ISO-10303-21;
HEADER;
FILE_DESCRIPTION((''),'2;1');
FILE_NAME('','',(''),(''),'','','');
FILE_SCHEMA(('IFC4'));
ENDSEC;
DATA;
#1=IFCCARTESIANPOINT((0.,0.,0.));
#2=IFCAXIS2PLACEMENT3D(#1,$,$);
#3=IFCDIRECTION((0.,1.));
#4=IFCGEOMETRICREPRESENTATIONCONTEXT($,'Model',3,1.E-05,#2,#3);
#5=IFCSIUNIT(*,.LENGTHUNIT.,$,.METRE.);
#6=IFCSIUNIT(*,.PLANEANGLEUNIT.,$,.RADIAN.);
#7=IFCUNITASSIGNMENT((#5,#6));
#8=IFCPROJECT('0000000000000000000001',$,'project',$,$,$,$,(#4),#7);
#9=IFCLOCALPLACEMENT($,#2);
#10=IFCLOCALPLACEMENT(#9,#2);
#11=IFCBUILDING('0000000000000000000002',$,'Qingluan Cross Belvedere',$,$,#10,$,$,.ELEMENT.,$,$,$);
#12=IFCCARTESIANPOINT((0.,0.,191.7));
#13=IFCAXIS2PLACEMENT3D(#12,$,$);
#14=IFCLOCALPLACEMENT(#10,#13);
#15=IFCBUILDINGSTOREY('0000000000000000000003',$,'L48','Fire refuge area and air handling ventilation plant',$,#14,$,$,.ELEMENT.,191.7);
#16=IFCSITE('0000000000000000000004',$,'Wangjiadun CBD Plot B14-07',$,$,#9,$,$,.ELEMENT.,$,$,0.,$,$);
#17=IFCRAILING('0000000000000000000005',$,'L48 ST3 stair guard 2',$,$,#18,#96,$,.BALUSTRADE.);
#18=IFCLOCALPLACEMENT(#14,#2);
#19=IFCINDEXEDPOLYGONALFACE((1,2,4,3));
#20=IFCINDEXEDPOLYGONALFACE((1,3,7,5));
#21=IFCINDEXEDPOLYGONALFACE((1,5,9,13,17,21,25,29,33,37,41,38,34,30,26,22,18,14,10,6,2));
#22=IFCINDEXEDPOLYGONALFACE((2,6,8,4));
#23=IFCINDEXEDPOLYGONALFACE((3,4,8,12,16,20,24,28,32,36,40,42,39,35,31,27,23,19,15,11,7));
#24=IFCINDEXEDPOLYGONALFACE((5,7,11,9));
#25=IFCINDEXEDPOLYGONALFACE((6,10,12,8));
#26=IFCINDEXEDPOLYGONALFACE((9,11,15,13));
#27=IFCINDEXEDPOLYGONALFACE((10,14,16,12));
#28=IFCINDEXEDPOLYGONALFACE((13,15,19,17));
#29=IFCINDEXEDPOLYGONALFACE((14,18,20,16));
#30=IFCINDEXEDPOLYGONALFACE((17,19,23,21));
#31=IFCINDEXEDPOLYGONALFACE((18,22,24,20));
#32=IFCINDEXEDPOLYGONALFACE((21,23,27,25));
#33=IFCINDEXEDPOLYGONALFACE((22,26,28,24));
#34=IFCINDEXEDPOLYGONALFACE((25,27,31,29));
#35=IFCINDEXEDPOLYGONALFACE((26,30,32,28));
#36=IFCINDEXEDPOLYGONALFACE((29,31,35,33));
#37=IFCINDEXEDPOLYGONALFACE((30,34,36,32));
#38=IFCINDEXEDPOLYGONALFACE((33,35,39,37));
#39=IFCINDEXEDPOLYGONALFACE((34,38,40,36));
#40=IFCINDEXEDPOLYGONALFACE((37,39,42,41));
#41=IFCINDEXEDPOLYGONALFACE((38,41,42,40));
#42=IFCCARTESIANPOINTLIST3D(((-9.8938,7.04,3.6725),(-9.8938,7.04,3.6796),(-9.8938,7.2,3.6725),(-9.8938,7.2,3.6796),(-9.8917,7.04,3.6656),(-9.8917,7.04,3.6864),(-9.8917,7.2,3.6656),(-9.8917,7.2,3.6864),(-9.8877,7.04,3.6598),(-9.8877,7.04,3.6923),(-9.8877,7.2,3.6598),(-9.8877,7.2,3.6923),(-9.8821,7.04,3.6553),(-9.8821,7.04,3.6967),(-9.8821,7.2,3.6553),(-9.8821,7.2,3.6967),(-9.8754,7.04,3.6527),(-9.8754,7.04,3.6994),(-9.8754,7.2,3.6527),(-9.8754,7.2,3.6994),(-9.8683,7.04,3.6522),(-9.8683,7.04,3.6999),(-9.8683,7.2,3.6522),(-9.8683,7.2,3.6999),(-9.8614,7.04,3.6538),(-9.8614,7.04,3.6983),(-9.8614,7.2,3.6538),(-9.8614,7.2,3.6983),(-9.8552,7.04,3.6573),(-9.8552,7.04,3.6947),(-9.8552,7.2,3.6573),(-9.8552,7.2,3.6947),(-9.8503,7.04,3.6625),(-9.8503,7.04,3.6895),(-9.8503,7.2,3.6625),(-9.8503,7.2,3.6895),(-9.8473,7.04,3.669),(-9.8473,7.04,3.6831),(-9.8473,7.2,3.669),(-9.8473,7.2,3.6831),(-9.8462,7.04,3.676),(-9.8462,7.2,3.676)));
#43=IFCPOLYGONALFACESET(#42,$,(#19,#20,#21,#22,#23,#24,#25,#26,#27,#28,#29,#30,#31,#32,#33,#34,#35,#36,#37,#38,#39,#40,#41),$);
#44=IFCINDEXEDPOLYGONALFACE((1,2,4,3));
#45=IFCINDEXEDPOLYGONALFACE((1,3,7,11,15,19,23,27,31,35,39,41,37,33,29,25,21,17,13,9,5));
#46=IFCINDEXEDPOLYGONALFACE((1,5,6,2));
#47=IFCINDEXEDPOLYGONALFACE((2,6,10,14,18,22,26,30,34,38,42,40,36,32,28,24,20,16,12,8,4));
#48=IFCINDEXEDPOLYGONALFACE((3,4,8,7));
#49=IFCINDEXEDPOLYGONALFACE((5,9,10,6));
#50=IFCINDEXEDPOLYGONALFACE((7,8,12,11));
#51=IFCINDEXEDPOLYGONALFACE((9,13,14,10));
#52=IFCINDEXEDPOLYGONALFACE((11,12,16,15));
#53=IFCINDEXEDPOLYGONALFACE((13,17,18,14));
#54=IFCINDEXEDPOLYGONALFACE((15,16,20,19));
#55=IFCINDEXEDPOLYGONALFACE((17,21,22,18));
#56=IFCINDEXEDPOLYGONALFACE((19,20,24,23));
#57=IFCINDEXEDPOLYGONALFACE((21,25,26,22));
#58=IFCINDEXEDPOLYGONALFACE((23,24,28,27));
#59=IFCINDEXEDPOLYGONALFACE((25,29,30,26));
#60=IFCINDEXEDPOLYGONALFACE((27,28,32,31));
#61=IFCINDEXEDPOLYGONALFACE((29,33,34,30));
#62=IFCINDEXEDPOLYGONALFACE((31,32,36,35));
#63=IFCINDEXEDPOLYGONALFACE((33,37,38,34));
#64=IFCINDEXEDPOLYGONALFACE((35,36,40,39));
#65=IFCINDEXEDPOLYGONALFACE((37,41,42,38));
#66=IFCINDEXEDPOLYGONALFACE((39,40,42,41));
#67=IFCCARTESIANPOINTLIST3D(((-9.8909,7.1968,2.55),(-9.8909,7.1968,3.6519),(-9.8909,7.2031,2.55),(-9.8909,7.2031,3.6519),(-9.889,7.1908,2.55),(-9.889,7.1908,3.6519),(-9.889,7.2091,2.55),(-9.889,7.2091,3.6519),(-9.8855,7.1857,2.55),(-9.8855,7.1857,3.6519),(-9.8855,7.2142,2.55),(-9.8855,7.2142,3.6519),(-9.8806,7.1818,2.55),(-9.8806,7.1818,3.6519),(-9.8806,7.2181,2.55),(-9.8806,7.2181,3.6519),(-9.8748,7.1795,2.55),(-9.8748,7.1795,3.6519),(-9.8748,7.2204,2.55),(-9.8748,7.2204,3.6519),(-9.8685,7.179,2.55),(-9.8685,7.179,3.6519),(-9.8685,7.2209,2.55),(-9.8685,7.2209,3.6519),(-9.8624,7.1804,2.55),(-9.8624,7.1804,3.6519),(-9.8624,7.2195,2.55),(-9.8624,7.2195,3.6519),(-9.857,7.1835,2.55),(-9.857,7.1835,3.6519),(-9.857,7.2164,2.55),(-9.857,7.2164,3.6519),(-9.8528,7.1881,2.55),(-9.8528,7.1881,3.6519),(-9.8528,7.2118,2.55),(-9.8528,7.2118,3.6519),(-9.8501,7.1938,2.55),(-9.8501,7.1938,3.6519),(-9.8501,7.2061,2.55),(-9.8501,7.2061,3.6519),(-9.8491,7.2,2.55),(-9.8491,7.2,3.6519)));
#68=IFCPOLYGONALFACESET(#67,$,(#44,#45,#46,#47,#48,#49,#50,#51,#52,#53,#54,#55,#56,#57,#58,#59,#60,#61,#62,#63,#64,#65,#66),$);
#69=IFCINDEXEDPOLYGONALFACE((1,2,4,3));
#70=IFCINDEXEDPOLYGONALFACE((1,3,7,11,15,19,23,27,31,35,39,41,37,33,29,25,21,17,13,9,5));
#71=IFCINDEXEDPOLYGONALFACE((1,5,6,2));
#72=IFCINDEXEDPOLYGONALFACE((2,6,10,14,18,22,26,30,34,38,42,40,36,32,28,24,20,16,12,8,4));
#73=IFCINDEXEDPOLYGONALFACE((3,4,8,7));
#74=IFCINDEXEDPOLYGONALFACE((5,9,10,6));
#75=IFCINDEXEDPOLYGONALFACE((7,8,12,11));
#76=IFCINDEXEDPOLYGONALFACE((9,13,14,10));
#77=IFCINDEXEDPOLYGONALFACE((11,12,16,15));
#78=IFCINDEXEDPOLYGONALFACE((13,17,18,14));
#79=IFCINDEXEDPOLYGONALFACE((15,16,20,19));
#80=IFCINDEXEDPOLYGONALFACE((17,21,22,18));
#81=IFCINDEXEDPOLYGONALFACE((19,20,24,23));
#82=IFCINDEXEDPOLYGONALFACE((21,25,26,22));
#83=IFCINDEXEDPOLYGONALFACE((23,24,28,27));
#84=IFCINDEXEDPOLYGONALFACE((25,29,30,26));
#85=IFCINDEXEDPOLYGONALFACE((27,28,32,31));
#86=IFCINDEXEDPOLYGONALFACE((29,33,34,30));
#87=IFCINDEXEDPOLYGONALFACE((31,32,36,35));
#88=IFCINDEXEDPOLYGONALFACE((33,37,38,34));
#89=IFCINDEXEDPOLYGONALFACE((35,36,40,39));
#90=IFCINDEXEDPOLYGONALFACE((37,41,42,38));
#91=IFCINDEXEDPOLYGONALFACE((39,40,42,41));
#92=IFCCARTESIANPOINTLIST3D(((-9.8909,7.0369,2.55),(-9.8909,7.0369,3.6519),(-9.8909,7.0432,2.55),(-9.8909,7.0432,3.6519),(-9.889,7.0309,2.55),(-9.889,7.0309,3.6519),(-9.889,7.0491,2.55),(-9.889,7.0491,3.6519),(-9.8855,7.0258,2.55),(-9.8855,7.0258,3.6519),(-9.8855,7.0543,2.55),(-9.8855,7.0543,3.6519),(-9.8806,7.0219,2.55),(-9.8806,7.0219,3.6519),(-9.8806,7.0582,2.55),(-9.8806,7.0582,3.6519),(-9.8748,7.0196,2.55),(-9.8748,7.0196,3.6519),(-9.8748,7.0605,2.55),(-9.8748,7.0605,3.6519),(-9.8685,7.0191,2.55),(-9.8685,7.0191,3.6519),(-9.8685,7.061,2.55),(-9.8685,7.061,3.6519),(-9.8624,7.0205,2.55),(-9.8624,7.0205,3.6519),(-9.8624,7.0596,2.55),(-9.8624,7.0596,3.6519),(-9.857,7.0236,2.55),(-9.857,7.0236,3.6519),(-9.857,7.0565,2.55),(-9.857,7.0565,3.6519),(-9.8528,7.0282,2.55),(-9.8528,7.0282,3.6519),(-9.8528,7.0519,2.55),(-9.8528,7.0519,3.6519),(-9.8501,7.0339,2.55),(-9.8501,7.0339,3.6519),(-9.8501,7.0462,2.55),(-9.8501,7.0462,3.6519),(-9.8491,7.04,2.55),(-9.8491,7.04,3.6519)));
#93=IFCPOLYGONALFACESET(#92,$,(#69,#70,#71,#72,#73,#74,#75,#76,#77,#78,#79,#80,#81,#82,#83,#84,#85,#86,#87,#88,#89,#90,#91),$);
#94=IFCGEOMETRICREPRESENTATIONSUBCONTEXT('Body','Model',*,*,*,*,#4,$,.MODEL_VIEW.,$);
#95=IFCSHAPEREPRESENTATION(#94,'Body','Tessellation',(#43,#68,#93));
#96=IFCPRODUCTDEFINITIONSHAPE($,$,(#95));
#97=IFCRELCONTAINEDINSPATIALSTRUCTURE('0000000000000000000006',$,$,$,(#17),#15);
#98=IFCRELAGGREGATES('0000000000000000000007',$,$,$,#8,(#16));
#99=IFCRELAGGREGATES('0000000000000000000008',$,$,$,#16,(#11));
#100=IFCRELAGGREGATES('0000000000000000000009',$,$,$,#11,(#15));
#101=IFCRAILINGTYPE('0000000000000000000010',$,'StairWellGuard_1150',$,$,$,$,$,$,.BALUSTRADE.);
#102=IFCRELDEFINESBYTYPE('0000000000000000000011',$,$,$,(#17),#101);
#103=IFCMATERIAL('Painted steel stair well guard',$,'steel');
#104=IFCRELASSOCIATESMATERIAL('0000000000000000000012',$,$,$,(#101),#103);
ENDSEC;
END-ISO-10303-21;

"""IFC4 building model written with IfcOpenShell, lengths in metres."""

from ifc_helpers import new_model, si_unit, direction, frame, origin, origin_2d, place, context, subcontext, project, spatial, circle, extrude, material, type_object, element, save


model = new_model("IFC4")

# Units and contexts
model_context = context("Model", 3, precision=1e-05, world=origin(), true_north=direction((0.0, 1.0)))
body_context = subcontext(model_context, "Body", "Model", "MODEL_VIEW")
ifc_project = project(units=[si_unit("LENGTHUNIT", "METRE"), si_unit("PLANEANGLEUNIT", "RADIAN")], contexts=[model_context])

# Site, building, storey
site_placement = place(None, origin())
site = spatial("IfcSite", under=ifc_project, at=site_placement, Name="Wangjiadun CBD Plot B14-07", CompositionType="ELEMENT", RefElevation=0.0)
building_placement = place(site_placement, origin())
building = spatial("IfcBuilding", under=site, at=building_placement, Name="Qingluan Cross Belvedere", CompositionType="ELEMENT")
storey_placement = place(building_placement, frame((0.0, 0.0, 191.7)))
storey = spatial("IfcBuildingStorey", under=building, at=storey_placement, Name="L48", Description="Fire refuge area and air handling ventilation plant", CompositionType="ELEMENT", Elevation=191.7)

# Railing
ifc_material_1 = material(Name="Painted steel stair well guard", Category="steel")
railing_type_1 = type_object("IfcRailingType", Name="StairWellGuard_1150", PredefinedType="BALUSTRADE", material=ifc_material_1)
railing_1_placement = place(storey_placement, frame((-9.8701, 7.2, 2.55)))
element("IfcRailing", 1, at=railing_1_placement, inside=storey, type_object=railing_type_1, Name="L48 ST3 stair guard 2", PredefinedType="BALUSTRADE", context=body_context, shape_type="SweptSolid", body=[
    extrude(circle(Radius=0.0239, at=origin_2d()), frame((0.0, 0.0, 1.126), z_axis=(0.0, -1.0, 0.0), x_axis=(1.0, 0.0, 0.0)), (0.0, 0.0, 1.0), 0.1599),
    extrude(circle(Radius=0.021, at=origin_2d()), origin(), (0.0, 0.0, 1.0), 1.1018),
    extrude(circle(Radius=0.021, at=origin_2d()), frame((0.0, -0.1599, 0.0)), (0.0, 0.0, 1.0), 1.1018),
])

save(model, "model.ifc")
